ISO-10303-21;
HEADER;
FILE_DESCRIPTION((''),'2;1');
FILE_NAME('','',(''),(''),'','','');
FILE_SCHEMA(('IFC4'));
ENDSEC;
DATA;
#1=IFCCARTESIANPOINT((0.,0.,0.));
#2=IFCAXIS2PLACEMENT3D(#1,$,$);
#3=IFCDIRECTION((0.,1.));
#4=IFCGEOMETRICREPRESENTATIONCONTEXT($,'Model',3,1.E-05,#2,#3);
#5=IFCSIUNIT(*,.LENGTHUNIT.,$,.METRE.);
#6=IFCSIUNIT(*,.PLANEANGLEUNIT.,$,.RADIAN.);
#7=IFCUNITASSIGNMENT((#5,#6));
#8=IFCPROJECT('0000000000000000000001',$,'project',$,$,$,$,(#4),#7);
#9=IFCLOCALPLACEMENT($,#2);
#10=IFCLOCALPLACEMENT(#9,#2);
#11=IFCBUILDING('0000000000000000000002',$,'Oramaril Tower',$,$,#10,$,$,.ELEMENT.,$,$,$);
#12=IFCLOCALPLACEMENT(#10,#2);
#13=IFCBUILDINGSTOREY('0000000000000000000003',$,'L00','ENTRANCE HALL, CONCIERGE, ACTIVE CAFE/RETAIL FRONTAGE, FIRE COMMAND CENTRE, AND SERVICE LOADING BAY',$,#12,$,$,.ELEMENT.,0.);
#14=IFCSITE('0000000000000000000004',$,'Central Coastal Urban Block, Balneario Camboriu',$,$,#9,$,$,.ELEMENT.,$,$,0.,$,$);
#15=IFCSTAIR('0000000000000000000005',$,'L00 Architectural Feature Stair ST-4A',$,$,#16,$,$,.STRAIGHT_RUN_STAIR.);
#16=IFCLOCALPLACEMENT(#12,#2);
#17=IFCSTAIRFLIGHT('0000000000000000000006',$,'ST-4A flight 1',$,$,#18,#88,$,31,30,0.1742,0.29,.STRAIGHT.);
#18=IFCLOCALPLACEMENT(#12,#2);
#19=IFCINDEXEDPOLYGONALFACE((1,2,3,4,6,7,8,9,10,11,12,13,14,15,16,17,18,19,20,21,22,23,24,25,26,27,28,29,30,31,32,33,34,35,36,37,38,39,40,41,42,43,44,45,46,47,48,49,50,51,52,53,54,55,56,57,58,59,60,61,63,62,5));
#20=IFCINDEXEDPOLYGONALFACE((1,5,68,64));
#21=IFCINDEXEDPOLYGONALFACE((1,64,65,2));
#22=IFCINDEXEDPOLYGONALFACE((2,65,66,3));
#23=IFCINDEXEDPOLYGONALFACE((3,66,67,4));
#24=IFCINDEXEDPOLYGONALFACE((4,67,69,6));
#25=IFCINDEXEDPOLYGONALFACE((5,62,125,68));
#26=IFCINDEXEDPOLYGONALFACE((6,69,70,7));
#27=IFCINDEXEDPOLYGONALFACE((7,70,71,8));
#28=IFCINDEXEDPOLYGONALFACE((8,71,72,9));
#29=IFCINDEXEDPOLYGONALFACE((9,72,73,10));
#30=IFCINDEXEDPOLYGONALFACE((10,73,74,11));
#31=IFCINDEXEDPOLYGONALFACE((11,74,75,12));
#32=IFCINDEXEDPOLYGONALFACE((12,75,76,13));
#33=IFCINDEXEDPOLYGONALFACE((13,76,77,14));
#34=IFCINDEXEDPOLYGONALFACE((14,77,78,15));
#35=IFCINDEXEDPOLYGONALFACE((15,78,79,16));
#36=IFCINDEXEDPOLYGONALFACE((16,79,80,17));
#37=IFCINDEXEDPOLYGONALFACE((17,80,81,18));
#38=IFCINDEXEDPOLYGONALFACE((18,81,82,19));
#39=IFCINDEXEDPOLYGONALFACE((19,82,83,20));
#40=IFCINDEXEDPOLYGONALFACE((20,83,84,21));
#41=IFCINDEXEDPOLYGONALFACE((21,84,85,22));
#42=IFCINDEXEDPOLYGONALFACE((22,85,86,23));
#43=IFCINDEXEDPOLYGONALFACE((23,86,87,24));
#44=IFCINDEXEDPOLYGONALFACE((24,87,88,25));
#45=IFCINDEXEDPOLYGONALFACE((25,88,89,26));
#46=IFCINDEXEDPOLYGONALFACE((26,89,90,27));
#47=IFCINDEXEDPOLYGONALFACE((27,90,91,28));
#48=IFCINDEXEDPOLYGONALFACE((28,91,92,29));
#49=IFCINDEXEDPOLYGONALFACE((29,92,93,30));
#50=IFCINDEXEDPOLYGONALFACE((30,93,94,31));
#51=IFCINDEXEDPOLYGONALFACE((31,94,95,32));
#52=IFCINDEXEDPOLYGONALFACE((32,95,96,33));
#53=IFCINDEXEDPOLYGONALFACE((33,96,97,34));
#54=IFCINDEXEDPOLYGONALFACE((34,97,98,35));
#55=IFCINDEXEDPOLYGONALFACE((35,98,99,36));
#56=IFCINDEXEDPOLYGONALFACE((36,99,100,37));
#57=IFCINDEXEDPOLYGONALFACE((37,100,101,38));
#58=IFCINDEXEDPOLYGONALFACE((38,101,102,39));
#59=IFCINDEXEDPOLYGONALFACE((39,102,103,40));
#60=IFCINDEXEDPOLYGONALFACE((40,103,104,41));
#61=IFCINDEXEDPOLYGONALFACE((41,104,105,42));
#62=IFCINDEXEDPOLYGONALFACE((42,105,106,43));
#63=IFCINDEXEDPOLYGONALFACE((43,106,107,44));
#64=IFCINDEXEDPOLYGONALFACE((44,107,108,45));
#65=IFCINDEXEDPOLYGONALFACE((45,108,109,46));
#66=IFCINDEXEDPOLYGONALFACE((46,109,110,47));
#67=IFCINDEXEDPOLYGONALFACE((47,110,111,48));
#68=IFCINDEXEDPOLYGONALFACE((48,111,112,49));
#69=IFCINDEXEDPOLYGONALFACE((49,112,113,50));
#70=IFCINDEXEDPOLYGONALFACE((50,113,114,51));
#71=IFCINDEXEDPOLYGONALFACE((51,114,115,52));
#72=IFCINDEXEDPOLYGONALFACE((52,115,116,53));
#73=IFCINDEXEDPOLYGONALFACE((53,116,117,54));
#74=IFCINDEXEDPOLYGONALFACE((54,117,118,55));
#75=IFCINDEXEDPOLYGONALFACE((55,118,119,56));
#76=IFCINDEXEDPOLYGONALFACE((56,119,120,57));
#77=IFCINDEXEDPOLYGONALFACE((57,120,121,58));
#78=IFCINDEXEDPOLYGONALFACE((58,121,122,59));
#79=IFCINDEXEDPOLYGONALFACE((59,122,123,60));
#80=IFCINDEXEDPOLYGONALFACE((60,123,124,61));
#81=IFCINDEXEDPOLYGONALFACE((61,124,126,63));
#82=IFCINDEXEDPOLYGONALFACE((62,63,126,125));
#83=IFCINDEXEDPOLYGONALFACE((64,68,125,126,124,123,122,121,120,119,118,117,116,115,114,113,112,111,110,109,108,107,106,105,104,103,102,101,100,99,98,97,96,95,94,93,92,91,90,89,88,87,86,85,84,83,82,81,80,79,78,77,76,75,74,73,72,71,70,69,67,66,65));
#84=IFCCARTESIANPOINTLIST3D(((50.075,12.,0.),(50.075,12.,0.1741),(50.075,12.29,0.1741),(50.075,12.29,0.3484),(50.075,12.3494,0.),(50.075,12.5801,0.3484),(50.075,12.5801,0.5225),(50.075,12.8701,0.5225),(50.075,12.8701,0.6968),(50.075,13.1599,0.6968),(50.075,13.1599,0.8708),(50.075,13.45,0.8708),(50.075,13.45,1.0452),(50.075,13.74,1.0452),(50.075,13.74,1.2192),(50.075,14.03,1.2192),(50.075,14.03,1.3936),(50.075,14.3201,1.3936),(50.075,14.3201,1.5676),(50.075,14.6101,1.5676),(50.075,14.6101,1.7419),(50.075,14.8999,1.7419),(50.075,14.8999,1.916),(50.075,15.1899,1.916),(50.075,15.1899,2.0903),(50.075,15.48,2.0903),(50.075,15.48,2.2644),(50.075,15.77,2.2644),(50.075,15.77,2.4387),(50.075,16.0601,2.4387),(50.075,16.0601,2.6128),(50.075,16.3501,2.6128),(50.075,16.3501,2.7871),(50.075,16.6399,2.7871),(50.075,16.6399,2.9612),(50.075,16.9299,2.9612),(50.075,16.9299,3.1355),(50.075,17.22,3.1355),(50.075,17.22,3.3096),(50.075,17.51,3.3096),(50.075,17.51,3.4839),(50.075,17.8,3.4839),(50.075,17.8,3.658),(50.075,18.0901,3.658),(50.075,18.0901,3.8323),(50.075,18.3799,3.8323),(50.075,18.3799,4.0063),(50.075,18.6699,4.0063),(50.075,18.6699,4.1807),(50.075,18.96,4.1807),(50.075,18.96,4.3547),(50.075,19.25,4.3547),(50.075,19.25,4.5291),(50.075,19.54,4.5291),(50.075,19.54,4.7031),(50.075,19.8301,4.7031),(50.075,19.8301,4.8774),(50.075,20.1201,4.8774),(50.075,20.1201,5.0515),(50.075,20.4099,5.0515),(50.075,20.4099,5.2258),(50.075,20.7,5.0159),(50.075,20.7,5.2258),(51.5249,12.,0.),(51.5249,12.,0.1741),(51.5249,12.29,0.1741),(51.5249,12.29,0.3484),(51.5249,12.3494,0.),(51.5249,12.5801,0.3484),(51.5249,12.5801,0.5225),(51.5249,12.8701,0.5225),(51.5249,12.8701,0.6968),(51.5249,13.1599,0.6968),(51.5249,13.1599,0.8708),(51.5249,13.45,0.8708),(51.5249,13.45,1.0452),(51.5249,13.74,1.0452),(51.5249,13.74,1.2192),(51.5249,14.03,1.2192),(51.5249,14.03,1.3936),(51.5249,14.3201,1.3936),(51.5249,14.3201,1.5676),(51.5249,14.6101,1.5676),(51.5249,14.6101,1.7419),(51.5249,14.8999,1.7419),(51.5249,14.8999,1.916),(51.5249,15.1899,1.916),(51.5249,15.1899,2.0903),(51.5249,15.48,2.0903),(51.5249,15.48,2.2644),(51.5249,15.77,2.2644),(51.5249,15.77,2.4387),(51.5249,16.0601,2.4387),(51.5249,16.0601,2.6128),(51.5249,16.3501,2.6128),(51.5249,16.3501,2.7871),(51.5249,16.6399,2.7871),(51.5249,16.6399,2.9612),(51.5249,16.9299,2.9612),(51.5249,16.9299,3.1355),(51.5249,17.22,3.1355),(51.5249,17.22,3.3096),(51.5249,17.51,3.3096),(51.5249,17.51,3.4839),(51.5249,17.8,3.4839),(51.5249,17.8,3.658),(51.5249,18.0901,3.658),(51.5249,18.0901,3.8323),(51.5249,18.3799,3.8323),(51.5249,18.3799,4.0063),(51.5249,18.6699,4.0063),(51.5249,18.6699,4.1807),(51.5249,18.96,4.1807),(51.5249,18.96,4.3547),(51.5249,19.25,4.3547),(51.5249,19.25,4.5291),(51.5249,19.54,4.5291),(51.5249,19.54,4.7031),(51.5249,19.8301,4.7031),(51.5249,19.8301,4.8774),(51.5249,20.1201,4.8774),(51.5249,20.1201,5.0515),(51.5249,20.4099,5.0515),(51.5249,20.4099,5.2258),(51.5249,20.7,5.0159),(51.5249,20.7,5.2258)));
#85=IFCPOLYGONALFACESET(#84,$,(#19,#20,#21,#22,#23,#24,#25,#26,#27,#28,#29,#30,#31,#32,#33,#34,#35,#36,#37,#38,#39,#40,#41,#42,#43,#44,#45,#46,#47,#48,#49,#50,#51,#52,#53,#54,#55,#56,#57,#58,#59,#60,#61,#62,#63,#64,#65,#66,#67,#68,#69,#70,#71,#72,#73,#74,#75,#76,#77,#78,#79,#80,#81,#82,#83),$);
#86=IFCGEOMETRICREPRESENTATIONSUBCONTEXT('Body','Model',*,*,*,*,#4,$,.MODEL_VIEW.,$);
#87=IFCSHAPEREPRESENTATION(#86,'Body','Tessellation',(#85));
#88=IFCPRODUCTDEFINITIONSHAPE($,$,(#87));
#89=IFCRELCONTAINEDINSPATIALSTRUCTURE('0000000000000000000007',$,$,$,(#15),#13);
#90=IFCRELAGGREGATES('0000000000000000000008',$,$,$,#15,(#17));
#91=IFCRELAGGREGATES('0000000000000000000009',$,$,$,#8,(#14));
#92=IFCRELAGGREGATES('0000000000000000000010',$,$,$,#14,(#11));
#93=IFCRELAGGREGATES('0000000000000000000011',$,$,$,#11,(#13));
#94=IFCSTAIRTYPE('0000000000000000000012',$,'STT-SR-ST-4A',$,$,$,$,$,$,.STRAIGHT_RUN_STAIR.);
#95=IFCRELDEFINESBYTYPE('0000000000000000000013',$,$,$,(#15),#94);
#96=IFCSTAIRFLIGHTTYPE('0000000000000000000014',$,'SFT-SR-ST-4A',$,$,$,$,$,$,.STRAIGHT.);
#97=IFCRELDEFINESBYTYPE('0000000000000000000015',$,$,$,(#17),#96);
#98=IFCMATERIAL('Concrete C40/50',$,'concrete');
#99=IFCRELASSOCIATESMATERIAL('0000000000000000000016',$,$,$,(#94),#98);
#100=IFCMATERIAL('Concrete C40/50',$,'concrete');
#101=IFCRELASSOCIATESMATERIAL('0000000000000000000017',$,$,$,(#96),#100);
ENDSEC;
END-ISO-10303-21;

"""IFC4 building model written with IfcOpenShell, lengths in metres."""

from ifc_helpers import new_model, si_unit, direction, frame, origin, place, context, subcontext, project, spatial, polyline, outline, extrude, material, type_object, element, aggregate, save


model = new_model("IFC4")

# Units and contexts
model_context = context("Model", 3, precision=1e-05, world=origin(), true_north=direction((0.0, 1.0)))
body_context = subcontext(model_context, "Body", "Model", "MODEL_VIEW")
ifc_project = project(units=[si_unit("LENGTHUNIT", "METRE"), si_unit("PLANEANGLEUNIT", "RADIAN")], contexts=[model_context])

# Site, building, storey
site_placement = place(None, origin())
site = spatial("IfcSite", under=ifc_project, at=site_placement, Name="Central Coastal Urban Block, Balneario Camboriu", CompositionType="ELEMENT", RefElevation=0.0)
building_placement = place(site_placement, origin())
building = spatial("IfcBuilding", under=site, at=building_placement, Name="Oramaril Tower", CompositionType="ELEMENT")
storey_placement = place(building_placement, origin())
storey = spatial("IfcBuildingStorey", under=building, at=storey_placement, Name="L00", Description="ENTRANCE HALL, CONCIERGE, ACTIVE CAFE/RETAIL FRONTAGE, FIRE COMMAND CENTRE, AND SERVICE LOADING BAY", CompositionType="ELEMENT", Elevation=0.0)

# Stair, stair flight
ifc_material_1 = material(Name="Concrete C40/50", Category="concrete")
stair_type = type_object("IfcStairType", Name="STT-SR-ST-4A", PredefinedType="STRAIGHT_RUN_STAIR", material=ifc_material_1)
stair_placement = place(storey_placement, origin())
stair = element("IfcStair", 1, at=stair_placement, inside=storey, type_object=stair_type, Name="L00 Architectural Feature Stair ST-4A", PredefinedType="STRAIGHT_RUN_STAIR")
ifc_material_2 = material(Name="Concrete C40/50", Category="concrete")
stair_flight_type = type_object("IfcStairFlightType", Name="SFT-SR-ST-4A", PredefinedType="STRAIGHT", material=ifc_material_2)
stair_flight_placement = place(storey_placement, frame((50.8, 12.0, 0.0), z_axis=(0.0, 0.0, 1.0), x_axis=(0.0, 1.0, 0.0)))
stair_flight = element("IfcStairFlight", 2, at=stair_flight_placement, type_object=stair_flight_type, Name="ST-4A flight 1", NumberOfRisers=31, NumberOfTreads=30, PredefinedType="STRAIGHT", RiserHeight=0.1742, TreadLength=0.29, context=body_context, shape_type="SweptSolid", body=[
    extrude(outline(polyline([(0.0, 0.0), (0.0, 0.1741), (0.29, 0.1741), (0.29, 0.3484), (0.5801, 0.3484), (0.5801, 0.5225), (0.8701, 0.5225), (0.8701, 0.6968), (1.1599, 0.6968), (1.1599, 0.8708), (1.45, 0.8708), (1.45, 1.0452), (1.74, 1.0452), (1.74, 1.2192), (2.03, 1.2192), (2.03, 1.3936), (2.3201, 1.3936), (2.3201, 1.5676), (2.6101, 1.5676), (2.6101, 1.7419), (2.8999, 1.7419), (2.8999, 1.916), (3.1899, 1.916), (3.1899, 2.0903), (3.48, 2.0903), (3.48, 2.2644), (3.77, 2.2644), (3.77, 2.4387), (4.0601, 2.4387), (4.0601, 2.6128), (4.3501, 2.6128), (4.3501, 2.7871), (4.6399, 2.7871), (4.6399, 2.9612), (4.9299, 2.9612), (4.9299, 3.1355), (5.22, 3.1355), (5.22, 3.3096), (5.51, 3.3096), (5.51, 3.4839), (5.8, 3.4839), (5.8, 3.658), (6.0901, 3.658), (6.0901, 3.8323), (6.3799, 3.8323), (6.3799, 4.0063), (6.6699, 4.0063), (6.6699, 4.1807), (6.96, 4.1807), (6.96, 4.3547), (7.25, 4.3547), (7.25, 4.5291), (7.54, 4.5291), (7.54, 4.7031), (7.8301, 4.7031), (7.8301, 4.8774), (8.1201, 4.8774), (8.1201, 5.0515), (8.4099, 5.0515), (8.4099, 5.2258), (8.7, 5.2258), (8.7, 5.3999), (8.7, 5.0159), (0.3494, 0.0), (0.0, 0.0)])), frame((0.0, 0.7251, 0.0), z_axis=(0.0, -1.0, 0.0), x_axis=(1.0, 0.0, 0.0)), (0.0, 0.0, 1.0), 1.45),
])
aggregate(stair, [stair_flight])

save(model, "model.ifc")
